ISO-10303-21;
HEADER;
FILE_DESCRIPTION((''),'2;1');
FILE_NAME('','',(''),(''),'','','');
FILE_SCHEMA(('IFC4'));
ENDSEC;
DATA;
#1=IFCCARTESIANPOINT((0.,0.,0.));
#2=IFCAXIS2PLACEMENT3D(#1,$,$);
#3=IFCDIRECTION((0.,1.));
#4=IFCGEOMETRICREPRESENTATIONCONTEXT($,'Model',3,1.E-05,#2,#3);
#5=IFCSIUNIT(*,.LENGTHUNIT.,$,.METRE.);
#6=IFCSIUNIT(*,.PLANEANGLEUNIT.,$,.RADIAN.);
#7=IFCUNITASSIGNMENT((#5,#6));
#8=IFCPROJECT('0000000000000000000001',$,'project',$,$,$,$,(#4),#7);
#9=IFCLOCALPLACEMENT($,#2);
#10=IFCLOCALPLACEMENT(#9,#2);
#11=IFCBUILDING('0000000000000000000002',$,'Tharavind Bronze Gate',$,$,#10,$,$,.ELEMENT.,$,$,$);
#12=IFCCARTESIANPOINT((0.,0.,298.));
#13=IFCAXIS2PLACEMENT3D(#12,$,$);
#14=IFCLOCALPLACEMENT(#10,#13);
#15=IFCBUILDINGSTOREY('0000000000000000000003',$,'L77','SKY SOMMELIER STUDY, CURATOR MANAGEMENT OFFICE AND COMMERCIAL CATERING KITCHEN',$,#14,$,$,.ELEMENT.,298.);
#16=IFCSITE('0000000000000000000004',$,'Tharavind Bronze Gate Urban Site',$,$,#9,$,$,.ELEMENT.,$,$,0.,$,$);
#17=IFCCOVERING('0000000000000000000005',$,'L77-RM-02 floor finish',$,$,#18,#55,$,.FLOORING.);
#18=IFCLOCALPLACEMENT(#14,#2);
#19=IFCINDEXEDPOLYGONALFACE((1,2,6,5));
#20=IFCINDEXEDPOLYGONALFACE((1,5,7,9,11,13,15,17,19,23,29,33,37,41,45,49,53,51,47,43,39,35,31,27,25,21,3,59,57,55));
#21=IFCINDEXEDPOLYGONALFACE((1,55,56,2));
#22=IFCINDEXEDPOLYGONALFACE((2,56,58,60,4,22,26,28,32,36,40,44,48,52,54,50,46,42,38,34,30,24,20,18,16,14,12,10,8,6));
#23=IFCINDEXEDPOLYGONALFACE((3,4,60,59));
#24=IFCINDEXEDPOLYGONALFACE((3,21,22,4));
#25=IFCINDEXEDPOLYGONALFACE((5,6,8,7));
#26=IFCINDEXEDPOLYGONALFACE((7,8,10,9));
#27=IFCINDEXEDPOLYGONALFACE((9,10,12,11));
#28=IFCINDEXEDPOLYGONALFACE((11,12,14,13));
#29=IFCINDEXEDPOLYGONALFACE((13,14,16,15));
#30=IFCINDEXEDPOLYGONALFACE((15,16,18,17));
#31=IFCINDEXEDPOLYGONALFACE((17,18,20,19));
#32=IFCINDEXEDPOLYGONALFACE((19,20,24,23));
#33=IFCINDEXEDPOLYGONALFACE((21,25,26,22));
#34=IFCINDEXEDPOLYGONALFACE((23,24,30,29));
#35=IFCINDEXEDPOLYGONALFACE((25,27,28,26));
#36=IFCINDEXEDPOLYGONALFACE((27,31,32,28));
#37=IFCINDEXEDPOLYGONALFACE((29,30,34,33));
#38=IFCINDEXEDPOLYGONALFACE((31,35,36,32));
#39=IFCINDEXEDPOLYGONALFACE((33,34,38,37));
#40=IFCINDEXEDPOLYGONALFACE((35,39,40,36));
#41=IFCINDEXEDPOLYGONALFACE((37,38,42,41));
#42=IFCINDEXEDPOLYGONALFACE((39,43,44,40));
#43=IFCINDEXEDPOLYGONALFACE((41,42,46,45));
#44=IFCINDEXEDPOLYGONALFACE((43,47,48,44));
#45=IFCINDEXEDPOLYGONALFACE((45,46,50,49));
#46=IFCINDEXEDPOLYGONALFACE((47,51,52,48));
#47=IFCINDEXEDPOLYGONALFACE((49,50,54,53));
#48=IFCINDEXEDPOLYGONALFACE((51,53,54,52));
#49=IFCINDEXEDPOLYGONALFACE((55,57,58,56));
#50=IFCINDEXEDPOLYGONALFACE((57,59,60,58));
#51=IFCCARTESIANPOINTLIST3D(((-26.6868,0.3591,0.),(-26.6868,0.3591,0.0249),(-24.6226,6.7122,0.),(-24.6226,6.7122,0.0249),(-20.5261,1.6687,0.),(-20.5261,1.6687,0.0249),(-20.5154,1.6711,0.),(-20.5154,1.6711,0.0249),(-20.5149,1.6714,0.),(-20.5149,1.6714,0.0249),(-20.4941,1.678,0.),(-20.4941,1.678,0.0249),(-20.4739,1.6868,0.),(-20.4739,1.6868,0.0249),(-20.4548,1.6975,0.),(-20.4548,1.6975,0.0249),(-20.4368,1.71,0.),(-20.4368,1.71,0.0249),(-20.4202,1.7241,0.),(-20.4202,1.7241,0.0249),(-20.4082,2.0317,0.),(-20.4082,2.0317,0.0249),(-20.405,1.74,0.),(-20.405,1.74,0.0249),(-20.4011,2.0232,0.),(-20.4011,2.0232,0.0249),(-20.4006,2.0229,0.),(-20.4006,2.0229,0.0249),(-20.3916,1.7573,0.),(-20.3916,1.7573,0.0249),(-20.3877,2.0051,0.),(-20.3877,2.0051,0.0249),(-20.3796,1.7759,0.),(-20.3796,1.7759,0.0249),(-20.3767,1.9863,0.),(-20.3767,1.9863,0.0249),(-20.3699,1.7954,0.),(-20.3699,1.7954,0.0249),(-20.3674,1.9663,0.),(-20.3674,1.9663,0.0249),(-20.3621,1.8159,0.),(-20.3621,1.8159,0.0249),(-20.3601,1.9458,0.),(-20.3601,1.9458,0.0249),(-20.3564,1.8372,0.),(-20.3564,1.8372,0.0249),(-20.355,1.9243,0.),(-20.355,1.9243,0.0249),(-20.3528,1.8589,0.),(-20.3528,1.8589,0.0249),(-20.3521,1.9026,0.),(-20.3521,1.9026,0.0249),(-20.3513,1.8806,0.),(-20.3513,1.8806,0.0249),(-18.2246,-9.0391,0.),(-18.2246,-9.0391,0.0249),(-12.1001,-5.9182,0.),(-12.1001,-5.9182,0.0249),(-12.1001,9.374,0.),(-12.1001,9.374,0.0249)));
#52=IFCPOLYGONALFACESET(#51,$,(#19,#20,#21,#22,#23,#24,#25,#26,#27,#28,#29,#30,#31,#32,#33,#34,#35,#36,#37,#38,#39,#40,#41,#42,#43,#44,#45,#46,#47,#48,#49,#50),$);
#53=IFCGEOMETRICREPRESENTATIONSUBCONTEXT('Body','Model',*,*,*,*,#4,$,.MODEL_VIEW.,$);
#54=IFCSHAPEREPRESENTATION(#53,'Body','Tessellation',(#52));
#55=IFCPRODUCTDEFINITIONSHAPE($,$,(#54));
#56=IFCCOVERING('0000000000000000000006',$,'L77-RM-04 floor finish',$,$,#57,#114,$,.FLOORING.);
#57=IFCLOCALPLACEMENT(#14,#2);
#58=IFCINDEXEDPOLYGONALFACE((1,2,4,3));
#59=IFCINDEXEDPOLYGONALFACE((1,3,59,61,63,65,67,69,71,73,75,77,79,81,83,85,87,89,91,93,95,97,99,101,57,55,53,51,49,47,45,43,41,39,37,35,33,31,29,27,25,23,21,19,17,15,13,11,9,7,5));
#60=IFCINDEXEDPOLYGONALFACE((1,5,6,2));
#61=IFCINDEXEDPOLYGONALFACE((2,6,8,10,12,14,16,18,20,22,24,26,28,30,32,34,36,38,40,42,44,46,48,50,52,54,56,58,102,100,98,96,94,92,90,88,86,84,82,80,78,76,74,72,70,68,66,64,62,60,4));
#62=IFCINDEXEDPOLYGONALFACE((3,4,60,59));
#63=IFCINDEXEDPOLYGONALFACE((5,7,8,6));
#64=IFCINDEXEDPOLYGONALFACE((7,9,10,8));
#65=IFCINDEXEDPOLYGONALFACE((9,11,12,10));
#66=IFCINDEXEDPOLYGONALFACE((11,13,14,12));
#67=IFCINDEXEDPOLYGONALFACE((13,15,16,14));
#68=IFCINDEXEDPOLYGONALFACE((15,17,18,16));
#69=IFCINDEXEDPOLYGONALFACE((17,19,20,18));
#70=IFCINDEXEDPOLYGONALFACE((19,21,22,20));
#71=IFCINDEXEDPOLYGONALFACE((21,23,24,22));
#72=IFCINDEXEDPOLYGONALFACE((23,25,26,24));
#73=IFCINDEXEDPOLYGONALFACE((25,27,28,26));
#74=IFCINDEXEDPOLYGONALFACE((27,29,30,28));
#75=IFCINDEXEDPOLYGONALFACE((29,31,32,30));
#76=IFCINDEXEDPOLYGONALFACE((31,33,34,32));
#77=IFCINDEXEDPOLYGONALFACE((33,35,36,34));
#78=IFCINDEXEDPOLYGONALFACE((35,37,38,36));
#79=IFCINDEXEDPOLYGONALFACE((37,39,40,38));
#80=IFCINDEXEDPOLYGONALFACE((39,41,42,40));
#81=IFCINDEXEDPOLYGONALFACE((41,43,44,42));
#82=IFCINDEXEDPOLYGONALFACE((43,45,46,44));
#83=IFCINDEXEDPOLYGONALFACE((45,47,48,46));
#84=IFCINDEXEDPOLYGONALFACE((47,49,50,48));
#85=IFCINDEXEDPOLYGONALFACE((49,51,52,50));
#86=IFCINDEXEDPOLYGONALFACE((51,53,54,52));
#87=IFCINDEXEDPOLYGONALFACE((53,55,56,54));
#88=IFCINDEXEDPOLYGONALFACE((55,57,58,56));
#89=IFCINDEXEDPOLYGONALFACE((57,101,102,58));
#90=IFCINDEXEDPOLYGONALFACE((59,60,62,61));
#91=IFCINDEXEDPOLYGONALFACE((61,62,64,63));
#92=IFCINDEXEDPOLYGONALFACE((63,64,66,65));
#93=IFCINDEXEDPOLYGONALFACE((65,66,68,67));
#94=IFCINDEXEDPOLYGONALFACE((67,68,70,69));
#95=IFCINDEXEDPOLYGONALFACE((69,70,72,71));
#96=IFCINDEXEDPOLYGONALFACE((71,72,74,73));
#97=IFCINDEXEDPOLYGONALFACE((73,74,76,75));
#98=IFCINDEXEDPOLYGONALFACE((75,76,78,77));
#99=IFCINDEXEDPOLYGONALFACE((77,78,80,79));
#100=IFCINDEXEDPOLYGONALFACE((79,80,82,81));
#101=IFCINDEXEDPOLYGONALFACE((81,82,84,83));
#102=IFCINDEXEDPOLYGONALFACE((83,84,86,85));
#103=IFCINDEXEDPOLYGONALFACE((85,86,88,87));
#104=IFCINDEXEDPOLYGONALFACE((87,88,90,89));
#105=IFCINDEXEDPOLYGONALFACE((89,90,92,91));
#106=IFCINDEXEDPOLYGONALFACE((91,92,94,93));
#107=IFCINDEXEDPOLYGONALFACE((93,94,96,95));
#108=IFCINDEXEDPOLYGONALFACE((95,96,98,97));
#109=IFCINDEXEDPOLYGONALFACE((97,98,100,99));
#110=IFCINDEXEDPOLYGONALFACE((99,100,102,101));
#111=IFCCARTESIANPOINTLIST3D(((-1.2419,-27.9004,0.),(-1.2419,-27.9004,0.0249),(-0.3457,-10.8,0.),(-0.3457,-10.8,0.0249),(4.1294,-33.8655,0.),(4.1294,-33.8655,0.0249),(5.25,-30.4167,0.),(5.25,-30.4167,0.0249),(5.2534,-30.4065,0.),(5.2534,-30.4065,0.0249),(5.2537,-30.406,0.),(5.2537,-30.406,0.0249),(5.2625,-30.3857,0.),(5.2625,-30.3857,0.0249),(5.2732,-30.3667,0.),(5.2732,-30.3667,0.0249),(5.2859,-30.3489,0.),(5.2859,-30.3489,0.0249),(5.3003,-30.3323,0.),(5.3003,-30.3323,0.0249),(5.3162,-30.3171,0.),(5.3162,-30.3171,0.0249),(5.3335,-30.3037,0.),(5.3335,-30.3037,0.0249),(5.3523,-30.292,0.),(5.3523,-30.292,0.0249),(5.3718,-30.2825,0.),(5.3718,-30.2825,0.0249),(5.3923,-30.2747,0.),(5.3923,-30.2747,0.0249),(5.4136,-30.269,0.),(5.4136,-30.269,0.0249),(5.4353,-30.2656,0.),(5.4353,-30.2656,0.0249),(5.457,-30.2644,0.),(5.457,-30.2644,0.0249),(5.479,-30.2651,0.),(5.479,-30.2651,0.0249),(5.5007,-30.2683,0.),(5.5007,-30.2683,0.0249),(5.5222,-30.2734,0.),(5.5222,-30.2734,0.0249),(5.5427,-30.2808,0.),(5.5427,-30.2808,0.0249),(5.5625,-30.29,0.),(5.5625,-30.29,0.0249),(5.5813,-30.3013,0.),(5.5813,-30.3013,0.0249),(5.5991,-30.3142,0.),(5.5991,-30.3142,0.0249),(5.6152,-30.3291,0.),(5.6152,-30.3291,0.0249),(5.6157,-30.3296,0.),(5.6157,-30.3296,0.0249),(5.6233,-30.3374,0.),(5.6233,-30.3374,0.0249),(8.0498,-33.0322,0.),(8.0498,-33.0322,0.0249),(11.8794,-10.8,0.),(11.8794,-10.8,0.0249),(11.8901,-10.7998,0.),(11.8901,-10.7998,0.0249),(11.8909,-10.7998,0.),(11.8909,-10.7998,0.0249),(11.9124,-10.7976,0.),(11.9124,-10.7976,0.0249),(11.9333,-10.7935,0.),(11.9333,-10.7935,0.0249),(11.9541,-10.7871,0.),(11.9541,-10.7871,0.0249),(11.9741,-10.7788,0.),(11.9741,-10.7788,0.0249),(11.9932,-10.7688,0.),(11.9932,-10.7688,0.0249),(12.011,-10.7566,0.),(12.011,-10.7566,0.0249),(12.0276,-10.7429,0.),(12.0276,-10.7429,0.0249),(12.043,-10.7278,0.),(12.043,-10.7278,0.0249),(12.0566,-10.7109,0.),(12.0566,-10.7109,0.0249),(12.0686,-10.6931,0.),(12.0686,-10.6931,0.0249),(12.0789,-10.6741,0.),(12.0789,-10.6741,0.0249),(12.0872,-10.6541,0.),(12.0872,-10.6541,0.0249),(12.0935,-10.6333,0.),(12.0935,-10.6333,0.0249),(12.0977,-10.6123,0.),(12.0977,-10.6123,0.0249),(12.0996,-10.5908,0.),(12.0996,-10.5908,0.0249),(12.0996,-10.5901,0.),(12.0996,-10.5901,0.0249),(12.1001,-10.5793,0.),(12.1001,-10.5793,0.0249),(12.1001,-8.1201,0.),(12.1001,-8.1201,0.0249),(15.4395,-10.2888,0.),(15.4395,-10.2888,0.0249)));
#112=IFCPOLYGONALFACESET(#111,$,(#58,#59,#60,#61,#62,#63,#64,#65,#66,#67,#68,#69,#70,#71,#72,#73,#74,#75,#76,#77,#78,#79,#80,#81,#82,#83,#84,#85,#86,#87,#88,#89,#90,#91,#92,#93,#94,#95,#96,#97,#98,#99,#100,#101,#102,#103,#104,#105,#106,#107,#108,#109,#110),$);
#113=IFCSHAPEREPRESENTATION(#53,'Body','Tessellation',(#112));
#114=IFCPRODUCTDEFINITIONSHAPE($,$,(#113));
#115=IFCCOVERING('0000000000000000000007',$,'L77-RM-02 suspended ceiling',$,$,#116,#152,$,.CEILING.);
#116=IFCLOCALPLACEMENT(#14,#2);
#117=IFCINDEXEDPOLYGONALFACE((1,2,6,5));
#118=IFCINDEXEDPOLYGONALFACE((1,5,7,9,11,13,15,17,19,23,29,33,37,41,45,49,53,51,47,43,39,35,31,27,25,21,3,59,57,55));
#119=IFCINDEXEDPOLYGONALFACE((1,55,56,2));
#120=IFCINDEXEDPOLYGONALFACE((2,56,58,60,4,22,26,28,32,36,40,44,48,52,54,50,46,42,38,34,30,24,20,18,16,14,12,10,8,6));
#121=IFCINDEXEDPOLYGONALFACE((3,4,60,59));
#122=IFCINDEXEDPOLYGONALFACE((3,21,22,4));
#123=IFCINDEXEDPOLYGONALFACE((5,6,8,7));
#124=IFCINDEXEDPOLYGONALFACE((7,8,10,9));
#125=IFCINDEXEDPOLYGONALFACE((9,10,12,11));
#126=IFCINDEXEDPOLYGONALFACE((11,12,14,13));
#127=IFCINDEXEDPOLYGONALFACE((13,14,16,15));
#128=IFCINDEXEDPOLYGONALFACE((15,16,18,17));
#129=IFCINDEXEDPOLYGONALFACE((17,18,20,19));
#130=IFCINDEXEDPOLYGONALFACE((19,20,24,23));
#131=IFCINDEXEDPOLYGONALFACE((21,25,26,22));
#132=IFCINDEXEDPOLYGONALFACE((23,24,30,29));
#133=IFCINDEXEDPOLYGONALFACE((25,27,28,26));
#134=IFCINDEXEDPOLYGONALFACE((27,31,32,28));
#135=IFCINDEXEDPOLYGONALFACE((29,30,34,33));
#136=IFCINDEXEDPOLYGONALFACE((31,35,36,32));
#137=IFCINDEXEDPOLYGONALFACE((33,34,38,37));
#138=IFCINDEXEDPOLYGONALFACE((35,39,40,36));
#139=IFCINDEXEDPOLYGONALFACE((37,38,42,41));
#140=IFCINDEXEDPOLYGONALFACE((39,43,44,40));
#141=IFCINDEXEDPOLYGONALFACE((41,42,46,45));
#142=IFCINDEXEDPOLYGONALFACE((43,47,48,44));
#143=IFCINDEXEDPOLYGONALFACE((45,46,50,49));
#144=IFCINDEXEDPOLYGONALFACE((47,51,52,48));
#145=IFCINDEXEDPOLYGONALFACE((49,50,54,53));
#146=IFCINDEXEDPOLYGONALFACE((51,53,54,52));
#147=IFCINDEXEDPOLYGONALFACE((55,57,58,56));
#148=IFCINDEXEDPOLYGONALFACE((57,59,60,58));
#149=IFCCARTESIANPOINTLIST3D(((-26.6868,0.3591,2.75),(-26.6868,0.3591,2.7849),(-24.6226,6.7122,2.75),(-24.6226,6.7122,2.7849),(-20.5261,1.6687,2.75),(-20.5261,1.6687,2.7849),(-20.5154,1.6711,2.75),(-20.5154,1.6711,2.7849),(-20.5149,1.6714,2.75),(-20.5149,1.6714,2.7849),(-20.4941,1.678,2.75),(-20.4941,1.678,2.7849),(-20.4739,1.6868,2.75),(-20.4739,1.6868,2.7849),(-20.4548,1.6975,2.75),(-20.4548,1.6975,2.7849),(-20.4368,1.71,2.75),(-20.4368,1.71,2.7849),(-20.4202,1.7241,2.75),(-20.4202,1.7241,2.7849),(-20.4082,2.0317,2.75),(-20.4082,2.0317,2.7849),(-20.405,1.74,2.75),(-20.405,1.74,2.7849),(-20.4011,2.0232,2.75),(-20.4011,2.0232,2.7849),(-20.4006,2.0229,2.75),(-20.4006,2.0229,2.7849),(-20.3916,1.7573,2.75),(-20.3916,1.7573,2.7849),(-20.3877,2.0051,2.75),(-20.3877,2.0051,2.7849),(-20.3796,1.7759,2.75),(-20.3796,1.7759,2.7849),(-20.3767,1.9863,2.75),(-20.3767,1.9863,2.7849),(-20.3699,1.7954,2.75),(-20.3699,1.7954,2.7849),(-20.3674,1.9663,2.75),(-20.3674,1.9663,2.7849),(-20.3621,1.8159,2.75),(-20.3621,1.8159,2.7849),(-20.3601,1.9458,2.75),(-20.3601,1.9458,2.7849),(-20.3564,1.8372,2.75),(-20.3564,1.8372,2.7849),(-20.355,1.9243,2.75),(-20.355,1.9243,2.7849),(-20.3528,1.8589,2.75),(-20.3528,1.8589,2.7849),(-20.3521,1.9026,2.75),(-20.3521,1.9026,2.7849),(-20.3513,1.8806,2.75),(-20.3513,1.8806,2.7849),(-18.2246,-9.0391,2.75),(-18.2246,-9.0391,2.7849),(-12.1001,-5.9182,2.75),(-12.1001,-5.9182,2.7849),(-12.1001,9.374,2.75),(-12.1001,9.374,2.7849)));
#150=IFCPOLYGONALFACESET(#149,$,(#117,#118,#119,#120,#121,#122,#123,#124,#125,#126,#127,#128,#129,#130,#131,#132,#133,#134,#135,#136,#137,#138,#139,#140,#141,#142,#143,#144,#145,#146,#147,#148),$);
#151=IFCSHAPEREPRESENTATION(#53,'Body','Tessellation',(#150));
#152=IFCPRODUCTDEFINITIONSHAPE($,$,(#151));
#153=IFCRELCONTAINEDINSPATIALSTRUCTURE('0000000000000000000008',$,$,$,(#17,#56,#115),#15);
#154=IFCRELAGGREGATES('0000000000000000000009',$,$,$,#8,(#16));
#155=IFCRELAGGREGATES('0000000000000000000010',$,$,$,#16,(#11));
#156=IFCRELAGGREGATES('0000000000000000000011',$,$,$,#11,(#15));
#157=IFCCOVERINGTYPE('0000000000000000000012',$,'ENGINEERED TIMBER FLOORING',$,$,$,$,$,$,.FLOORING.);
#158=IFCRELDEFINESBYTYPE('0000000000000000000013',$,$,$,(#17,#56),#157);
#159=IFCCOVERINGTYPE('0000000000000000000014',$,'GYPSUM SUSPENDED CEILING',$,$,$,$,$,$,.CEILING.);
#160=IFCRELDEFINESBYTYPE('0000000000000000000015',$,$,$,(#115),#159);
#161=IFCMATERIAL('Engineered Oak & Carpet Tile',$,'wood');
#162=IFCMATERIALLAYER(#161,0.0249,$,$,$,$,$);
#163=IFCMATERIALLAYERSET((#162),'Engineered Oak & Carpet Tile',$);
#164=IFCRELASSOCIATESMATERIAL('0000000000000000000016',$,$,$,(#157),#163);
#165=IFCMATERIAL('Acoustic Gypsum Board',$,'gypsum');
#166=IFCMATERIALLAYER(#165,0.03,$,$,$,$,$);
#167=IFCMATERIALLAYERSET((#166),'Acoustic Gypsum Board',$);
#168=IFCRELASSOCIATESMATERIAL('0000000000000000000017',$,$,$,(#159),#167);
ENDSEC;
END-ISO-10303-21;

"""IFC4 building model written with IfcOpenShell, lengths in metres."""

from ifc_helpers import new_model, si_unit, direction, frame, origin, place, context, subcontext, project, spatial, polyline, outline, extrude, material, layer, layer_set, type_object, element, save


model = new_model("IFC4")

# Units and contexts
model_context = context("Model", 3, precision=1e-05, world=origin(), true_north=direction((0.0, 1.0)))
body_context = subcontext(model_context, "Body", "Model", "MODEL_VIEW")
ifc_project = project(units=[si_unit("LENGTHUNIT", "METRE"), si_unit("PLANEANGLEUNIT", "RADIAN")], contexts=[model_context])

# Site, building, storey
site_placement = place(None, origin())
site = spatial("IfcSite", under=ifc_project, at=site_placement, Name="Tharavind Bronze Gate Urban Site", CompositionType="ELEMENT", RefElevation=0.0)
building_placement = place(site_placement, origin())
building = spatial("IfcBuilding", under=site, at=building_placement, Name="Tharavind Bronze Gate", CompositionType="ELEMENT")
storey_placement = place(building_placement, frame((0.0, 0.0, 298.0)))
storey = spatial("IfcBuildingStorey", under=building, at=storey_placement, Name="L77", Description="SKY SOMMELIER STUDY, CURATOR MANAGEMENT OFFICE AND COMMERCIAL CATERING KITCHEN", CompositionType="ELEMENT", Elevation=298.0)

# Coverings
ifc_material_1 = material(Name="Engineered Oak & Carpet Tile", Category="wood")
ifc_layer_1 = layer(ifc_material_1, 0.0249)
ifc_layer_set_1 = layer_set([ifc_layer_1], Name="Engineered Oak & Carpet Tile")
covering_type_1 = type_object("IfcCoveringType", Name="ENGINEERED TIMBER FLOORING", PredefinedType="FLOORING", material=ifc_layer_set_1)
covering_1_placement = place(storey_placement, origin())
element("IfcCovering", 1, at=covering_1_placement, inside=storey, type_object=covering_type_1, Name="L77-RM-02 floor finish", PredefinedType="FLOORING", context=body_context, shape_type="SweptSolid", body=[
    extrude(outline(polyline([(-18.2246, -9.0391), (-12.1001, -5.9182), (-12.1001, 9.374), (-24.6226, 6.7122), (-20.4082, 2.0317), (-20.4011, 2.0232), (-20.4006, 2.0229), (-20.3877, 2.0051), (-20.3767, 1.9863), (-20.3674, 1.9663), (-20.3601, 1.9458), (-20.355, 1.9243), (-20.3521, 1.9026), (-20.3513, 1.8806), (-20.3528, 1.8589), (-20.3564, 1.8372), (-20.3621, 1.8159), (-20.3699, 1.7954), (-20.3796, 1.7759), (-20.3916, 1.7573), (-20.405, 1.74), (-20.4202, 1.7241), (-20.4368, 1.71), (-20.4548, 1.6975), (-20.4739, 1.6868), (-20.4941, 1.678), (-20.5149, 1.6714), (-20.5154, 1.6711), (-20.5261, 1.6687), (-26.6868, 0.3591), (-18.2246, -9.0391)])), origin(), (0.0, 0.0, 1.0), 0.0249),
])
covering_2_placement = place(storey_placement, origin())
element("IfcCovering", 2, at=covering_2_placement, inside=storey, type_object=covering_type_1, Name="L77-RM-04 floor finish", PredefinedType="FLOORING", context=body_context, shape_type="SweptSolid", body=[
    extrude(outline(polyline([(4.1294, -33.8655), (5.25, -30.4167), (5.2534, -30.4065), (5.2537, -30.406), (5.2625, -30.3857), (5.2732, -30.3667), (5.2859, -30.3489), (5.3003, -30.3323), (5.3162, -30.3171), (5.3335, -30.3037), (5.3523, -30.292), (5.3718, -30.2825), (5.3923, -30.2747), (5.4136, -30.269), (5.4353, -30.2656), (5.457, -30.2644), (5.479, -30.2651), (5.5007, -30.2683), (5.5222, -30.2734), (5.5427, -30.2808), (5.5625, -30.29), (5.5813, -30.3013), (5.5991, -30.3142), (5.6152, -30.3291), (5.6157, -30.3296), (5.6233, -30.3374), (8.0498, -33.0322), (15.4395, -10.2888), (12.1001, -8.1201), (12.1001, -10.5793), (12.0996, -10.5901), (12.0996, -10.5908), (12.0977, -10.6123), (12.0935, -10.6333), (12.0872, -10.6541), (12.0789, -10.6741), (12.0686, -10.6931), (12.0566, -10.7109), (12.043, -10.7278), (12.0276, -10.7429), (12.011, -10.7566), (11.9932, -10.7688), (11.9741, -10.7788), (11.9541, -10.7871), (11.9333, -10.7935), (11.9124, -10.7976), (11.8909, -10.7998), (11.8901, -10.7998), (11.8794, -10.8), (-0.3457, -10.8), (-1.2419, -27.9004), (4.1294, -33.8655)])), origin(), (0.0, 0.0, 1.0), 0.0249),
])
ifc_material_2 = material(Name="Acoustic Gypsum Board", Category="gypsum")
ifc_layer_2 = layer(ifc_material_2, 0.03)
ifc_layer_set_2 = layer_set([ifc_layer_2], Name="Acoustic Gypsum Board")
covering_type_2 = type_object("IfcCoveringType", Name="GYPSUM SUSPENDED CEILING", PredefinedType="CEILING", material=ifc_layer_set_2)
covering_3_placement = place(storey_placement, frame((0.0, 0.0, 2.75)))
element("IfcCovering", 3, at=covering_3_placement, inside=storey, type_object=covering_type_2, Name="L77-RM-02 suspended ceiling", PredefinedType="CEILING", context=body_context, shape_type="SweptSolid", body=[
    extrude(outline(polyline([(-18.2246, -9.0391), (-12.1001, -5.9182), (-12.1001, 9.374), (-24.6226, 6.7122), (-20.4082, 2.0317), (-20.4011, 2.0232), (-20.4006, 2.0229), (-20.3877, 2.0051), (-20.3767, 1.9863), (-20.3674, 1.9663), (-20.3601, 1.9458), (-20.355, 1.9243), (-20.3521, 1.9026), (-20.3513, 1.8806), (-20.3528, 1.8589), (-20.3564, 1.8372), (-20.3621, 1.8159), (-20.3699, 1.7954), (-20.3796, 1.7759), (-20.3916, 1.7573), (-20.405, 1.74), (-20.4202, 1.7241), (-20.4368, 1.71), (-20.4548, 1.6975), (-20.4739, 1.6868), (-20.4941, 1.678), (-20.5149, 1.6714), (-20.5154, 1.6711), (-20.5261, 1.6687), (-26.6868, 0.3591), (-18.2246, -9.0391)])), origin(), (0.0, 0.0, 1.0), 0.0349),
])

save(model, "model.ifc")
